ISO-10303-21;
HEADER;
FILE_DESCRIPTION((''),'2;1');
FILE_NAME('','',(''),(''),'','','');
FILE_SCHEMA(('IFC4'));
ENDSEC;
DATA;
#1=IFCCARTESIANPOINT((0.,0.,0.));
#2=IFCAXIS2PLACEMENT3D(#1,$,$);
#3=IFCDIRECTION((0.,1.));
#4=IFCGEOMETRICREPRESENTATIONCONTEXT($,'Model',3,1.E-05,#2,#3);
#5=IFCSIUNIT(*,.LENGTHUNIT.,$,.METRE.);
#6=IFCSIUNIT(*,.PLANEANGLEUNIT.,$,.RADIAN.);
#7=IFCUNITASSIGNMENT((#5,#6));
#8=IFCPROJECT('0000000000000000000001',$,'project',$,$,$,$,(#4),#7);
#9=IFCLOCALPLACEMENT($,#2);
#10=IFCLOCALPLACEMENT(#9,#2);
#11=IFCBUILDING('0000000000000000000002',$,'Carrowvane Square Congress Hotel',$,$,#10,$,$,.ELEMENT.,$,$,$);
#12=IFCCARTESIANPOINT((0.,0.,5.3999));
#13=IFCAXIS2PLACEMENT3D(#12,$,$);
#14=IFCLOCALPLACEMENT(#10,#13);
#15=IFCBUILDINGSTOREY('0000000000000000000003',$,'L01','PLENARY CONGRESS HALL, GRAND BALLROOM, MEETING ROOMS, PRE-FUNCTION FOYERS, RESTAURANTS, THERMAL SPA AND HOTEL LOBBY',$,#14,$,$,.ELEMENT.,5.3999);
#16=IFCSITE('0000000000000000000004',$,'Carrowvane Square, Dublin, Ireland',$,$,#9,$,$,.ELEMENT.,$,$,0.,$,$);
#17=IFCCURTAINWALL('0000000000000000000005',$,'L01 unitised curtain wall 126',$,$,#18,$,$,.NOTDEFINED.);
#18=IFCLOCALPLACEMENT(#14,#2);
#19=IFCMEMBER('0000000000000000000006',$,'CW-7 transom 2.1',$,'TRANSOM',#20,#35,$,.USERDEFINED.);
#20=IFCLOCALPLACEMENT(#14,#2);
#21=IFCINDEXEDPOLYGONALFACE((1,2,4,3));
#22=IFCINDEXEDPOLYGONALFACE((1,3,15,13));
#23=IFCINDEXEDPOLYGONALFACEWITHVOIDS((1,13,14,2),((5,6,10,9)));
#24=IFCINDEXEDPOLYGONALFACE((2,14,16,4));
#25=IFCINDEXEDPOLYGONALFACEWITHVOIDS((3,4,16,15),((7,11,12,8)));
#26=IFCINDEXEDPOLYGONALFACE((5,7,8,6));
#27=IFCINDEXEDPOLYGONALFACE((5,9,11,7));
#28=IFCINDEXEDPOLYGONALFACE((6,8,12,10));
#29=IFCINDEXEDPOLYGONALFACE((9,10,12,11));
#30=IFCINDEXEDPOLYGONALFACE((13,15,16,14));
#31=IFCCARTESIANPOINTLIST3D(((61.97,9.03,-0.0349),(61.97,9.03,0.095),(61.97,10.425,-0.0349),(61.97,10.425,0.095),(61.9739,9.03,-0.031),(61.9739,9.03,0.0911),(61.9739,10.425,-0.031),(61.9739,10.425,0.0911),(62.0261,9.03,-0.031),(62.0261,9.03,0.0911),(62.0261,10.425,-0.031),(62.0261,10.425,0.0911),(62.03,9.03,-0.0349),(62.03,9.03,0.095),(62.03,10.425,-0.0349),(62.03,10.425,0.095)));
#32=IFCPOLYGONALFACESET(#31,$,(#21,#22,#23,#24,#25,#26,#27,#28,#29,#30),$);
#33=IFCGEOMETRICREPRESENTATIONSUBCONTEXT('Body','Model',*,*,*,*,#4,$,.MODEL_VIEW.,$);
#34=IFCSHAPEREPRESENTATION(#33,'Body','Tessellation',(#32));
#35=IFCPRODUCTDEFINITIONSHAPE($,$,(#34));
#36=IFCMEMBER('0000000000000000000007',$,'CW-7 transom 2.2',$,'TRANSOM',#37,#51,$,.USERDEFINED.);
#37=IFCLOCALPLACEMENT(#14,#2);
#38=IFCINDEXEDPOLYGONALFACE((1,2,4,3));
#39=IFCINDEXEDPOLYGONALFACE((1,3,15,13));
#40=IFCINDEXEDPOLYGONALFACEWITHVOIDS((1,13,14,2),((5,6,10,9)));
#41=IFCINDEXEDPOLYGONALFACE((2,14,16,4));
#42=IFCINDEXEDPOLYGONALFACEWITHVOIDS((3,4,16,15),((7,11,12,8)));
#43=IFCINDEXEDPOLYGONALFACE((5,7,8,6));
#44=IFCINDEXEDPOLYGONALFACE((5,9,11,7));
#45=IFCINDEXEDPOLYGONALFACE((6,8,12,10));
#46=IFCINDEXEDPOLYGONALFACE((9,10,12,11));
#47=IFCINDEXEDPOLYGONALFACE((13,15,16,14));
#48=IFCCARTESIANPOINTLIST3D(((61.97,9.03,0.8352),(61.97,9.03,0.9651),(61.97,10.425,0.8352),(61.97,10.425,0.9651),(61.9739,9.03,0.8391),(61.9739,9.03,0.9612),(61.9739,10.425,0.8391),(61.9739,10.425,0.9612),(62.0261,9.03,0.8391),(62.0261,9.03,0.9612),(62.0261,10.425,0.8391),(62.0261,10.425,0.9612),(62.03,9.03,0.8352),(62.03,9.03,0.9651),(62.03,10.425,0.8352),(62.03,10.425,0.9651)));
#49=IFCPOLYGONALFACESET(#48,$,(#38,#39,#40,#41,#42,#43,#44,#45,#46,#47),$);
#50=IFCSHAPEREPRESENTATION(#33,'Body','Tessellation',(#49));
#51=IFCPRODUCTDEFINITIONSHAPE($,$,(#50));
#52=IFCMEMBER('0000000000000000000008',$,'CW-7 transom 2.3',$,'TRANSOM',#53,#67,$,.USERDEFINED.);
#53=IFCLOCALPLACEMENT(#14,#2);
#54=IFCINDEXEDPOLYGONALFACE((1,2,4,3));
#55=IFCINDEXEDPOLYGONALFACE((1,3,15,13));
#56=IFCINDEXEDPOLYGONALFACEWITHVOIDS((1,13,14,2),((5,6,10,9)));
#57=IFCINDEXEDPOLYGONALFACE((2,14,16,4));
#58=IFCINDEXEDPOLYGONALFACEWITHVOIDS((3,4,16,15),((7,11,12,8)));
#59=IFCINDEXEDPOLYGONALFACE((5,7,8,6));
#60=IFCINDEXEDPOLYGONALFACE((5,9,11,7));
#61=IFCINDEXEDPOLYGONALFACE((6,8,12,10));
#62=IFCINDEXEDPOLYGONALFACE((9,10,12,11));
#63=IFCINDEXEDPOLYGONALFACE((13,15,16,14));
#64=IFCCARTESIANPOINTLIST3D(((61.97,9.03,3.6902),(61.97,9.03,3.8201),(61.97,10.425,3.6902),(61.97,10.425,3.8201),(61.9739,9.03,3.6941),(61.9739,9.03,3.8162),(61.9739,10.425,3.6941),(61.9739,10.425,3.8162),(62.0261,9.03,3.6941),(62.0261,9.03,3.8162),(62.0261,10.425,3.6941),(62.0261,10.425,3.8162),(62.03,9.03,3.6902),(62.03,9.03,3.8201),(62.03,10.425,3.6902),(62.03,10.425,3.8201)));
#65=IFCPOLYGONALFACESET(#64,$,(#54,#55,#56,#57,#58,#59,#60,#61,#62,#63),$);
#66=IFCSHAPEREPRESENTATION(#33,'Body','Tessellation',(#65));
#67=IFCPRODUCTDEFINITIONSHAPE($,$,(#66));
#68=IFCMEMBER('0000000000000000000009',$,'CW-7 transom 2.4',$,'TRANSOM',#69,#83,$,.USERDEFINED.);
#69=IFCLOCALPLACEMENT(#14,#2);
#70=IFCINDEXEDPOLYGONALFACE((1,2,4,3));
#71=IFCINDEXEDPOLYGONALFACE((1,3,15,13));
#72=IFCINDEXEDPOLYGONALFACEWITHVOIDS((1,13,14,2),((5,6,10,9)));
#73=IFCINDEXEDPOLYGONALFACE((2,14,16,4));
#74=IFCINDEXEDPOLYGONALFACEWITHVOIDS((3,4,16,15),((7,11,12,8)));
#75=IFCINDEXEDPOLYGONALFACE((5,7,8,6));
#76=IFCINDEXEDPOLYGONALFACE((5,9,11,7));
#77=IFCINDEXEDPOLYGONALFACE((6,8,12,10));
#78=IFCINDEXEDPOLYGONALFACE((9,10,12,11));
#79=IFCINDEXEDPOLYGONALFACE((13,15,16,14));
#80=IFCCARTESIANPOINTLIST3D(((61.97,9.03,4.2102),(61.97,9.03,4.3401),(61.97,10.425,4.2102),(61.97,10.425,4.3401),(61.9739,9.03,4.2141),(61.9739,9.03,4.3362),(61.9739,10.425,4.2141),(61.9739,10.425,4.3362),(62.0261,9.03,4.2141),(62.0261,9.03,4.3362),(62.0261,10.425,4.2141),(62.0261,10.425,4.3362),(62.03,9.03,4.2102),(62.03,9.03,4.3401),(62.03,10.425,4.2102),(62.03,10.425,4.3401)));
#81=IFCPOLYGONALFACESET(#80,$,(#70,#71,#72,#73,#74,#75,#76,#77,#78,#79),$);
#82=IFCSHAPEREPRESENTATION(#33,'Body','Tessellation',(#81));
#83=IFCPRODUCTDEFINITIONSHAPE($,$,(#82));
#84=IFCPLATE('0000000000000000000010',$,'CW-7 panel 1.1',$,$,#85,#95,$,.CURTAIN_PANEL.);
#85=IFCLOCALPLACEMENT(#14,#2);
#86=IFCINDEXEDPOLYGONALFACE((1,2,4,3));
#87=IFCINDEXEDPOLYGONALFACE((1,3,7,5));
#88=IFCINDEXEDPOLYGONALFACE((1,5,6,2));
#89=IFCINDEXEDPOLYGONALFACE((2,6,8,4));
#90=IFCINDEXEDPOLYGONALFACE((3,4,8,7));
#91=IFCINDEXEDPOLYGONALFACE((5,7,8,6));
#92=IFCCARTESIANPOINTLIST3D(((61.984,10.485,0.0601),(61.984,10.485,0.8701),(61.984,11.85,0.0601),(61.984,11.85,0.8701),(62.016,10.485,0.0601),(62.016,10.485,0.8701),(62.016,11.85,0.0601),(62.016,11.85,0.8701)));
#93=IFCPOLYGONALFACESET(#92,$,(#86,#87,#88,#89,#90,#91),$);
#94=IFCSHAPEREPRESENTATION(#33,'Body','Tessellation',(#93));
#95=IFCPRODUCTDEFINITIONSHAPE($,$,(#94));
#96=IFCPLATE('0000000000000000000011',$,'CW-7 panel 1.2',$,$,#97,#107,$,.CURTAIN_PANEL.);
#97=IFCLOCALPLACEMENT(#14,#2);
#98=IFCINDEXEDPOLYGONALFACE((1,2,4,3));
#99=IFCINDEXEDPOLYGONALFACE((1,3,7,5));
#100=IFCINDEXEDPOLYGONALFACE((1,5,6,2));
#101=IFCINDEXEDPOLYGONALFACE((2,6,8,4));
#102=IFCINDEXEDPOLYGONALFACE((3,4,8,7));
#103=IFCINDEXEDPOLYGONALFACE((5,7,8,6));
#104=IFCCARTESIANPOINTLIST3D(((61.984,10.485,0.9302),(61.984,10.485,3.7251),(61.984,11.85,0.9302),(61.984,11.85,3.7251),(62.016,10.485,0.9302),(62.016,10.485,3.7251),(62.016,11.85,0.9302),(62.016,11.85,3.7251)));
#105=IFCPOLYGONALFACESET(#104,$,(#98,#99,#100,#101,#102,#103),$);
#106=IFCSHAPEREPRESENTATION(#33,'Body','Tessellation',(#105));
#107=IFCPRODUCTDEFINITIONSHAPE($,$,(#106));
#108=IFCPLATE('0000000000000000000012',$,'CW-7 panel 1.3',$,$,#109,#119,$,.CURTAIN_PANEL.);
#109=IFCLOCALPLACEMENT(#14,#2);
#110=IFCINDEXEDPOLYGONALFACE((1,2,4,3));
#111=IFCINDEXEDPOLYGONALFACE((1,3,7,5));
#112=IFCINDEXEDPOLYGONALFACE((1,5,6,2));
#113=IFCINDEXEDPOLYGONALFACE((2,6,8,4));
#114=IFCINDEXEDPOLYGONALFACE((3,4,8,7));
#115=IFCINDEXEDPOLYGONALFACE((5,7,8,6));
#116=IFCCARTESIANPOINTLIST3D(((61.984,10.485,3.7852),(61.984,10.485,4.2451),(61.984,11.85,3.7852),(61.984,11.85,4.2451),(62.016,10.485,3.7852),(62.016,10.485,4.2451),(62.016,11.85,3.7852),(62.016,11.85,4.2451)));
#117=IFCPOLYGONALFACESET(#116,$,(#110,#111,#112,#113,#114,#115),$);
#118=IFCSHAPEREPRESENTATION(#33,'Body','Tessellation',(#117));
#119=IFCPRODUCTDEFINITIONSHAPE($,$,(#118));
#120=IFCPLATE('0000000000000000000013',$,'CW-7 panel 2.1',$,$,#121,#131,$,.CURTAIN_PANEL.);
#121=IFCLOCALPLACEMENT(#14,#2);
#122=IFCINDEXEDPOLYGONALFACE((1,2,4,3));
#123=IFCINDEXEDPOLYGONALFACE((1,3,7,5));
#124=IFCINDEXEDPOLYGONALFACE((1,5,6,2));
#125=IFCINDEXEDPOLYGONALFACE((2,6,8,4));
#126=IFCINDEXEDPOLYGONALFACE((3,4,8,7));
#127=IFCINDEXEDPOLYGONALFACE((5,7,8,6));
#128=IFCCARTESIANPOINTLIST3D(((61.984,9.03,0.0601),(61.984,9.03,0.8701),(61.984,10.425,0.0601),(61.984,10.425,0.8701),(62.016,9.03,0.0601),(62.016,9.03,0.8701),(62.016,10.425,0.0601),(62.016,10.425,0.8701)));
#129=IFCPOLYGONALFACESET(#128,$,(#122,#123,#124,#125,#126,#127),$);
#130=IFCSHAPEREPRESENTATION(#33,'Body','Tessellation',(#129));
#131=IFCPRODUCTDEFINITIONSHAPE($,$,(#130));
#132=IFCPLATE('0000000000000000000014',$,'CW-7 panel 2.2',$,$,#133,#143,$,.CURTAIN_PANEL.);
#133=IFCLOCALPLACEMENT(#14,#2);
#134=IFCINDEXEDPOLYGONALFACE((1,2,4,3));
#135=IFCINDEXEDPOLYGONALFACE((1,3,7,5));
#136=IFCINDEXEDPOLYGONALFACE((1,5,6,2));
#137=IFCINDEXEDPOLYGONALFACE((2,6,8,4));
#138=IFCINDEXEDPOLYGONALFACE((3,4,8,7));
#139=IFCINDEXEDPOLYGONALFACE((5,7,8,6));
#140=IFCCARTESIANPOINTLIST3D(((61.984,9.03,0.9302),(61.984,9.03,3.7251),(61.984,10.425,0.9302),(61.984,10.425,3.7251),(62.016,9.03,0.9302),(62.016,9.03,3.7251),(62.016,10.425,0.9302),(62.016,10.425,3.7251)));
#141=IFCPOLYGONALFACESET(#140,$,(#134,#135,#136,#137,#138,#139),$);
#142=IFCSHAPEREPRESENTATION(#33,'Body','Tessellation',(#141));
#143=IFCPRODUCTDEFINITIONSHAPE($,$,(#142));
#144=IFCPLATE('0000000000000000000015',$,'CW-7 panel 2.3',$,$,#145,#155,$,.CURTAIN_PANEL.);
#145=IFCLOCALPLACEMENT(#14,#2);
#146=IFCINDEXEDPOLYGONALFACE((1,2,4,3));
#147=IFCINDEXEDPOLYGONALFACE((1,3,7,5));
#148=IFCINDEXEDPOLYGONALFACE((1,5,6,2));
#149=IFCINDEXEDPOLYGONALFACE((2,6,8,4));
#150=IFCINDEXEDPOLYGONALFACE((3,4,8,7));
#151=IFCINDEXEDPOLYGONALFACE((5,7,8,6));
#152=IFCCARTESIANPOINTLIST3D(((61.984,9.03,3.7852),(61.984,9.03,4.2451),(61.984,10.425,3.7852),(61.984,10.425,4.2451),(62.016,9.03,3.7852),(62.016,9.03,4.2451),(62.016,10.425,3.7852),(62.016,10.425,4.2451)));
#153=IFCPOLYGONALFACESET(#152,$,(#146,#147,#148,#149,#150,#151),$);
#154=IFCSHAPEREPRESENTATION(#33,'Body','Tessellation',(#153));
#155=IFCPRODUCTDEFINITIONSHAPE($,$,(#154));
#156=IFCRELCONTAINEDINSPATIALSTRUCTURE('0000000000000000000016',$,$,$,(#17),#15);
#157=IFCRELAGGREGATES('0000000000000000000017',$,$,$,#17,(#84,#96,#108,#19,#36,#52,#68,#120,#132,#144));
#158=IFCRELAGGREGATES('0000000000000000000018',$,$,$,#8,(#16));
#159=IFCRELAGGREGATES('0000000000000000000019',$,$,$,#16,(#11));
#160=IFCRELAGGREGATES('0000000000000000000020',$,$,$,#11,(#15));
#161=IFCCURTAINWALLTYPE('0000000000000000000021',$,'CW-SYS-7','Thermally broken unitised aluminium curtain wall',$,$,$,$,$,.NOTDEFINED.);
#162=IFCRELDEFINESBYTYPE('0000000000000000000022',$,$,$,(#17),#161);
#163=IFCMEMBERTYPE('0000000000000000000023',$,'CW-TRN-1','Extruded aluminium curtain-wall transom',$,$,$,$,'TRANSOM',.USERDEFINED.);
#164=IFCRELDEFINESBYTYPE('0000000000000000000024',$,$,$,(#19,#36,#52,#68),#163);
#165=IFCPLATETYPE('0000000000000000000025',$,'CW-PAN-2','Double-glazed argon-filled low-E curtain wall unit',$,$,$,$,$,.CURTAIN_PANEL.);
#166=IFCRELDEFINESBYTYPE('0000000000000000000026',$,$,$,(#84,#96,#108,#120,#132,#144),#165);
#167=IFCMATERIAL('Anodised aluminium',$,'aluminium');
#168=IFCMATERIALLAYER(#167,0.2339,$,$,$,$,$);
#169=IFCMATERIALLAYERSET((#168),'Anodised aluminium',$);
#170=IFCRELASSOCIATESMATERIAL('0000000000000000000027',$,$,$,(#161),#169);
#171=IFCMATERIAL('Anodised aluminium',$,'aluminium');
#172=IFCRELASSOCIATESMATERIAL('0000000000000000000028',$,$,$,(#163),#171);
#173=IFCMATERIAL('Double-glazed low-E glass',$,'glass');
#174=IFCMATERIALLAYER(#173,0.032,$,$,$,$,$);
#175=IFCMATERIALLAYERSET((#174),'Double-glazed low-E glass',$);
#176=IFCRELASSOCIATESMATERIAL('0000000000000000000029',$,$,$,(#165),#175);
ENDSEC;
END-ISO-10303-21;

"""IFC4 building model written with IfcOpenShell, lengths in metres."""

from ifc_helpers import new_model, si_unit, direction, frame, origin, origin_2d, place, context, subcontext, project, spatial, rectangle, hollow_rectangle, extrude, material, layer, layer_set, material_profile, profile_set, type_object, element, aggregate, save


model = new_model("IFC4")

# Units and contexts
model_context = context("Model", 3, precision=1e-05, world=origin(), true_north=direction((0.0, 1.0)))
body_context = subcontext(model_context, "Body", "Model", "MODEL_VIEW")
ifc_project = project(units=[si_unit("LENGTHUNIT", "METRE"), si_unit("PLANEANGLEUNIT", "RADIAN")], contexts=[model_context])

# Site, building, storey
site_placement = place(None, origin())
site = spatial("IfcSite", under=ifc_project, at=site_placement, Name="Carrowvane Square, Dublin, Ireland", CompositionType="ELEMENT", RefElevation=0.0)
building_placement = place(site_placement, origin())
building = spatial("IfcBuilding", under=site, at=building_placement, Name="Carrowvane Square Congress Hotel", CompositionType="ELEMENT")
storey_placement = place(building_placement, frame((0.0, 0.0, 5.3999)))
storey = spatial("IfcBuildingStorey", under=building, at=storey_placement, Name="L01", Description="PLENARY CONGRESS HALL, GRAND BALLROOM, MEETING ROOMS, PRE-FUNCTION FOYERS, RESTAURANTS, THERMAL SPA AND HOTEL LOBBY", CompositionType="ELEMENT", Elevation=5.3999)

# Curtain wall, members, plates
ifc_material_1 = material(Name="Anodised aluminium", Category="aluminium")
ifc_layer_1 = layer(ifc_material_1, 0.2339)
ifc_layer_set_1 = layer_set([ifc_layer_1], Name="Anodised aluminium")
curtain_wall_type = type_object("IfcCurtainWallType", Name="CW-SYS-7", Description="Thermally broken unitised aluminium curtain wall", PredefinedType="NOTDEFINED", material=ifc_layer_set_1)
curtain_wall_placement = place(storey_placement, origin())
curtain_wall = element("IfcCurtainWall", 1, at=curtain_wall_placement, inside=storey, type_object=curtain_wall_type, Name="L01 unitised curtain wall 126", PredefinedType="NOTDEFINED")
ifc_material_2 = material(Name="Anodised aluminium", Category="aluminium")
ifc_material_profile_1 = material_profile(ifc_material_2, hollow_rectangle(XDim=0.0601, YDim=0.1299, WallThickness=0.0039, at=origin_2d()), Name="CW-TR 60x130x4")
ifc_profile_set_1 = profile_set([ifc_material_profile_1], Name="Anodised aluminium")
member_type_1 = type_object("IfcMemberType", Name="CW-TRN-1", Description="Extruded aluminium curtain-wall transom", ElementType="TRANSOM", PredefinedType="USERDEFINED", material=ifc_profile_set_1)
member_1_placement = place(storey_placement, frame((62.0, 10.425, 0.03), z_axis=(0.0, -1.0, 0.0), x_axis=(1.0, 0.0, 0.0)))
member_1 = element("IfcMember", 2, at=member_1_placement, type_object=member_type_1, Name="CW-7 transom 2.1", ObjectType="TRANSOM", PredefinedType="USERDEFINED", context=body_context, shape_type="SweptSolid", body=[
    extrude(hollow_rectangle(XDim=0.0601, YDim=0.1299, WallThickness=0.0039, at=origin_2d()), origin(), (0.0, 0.0, 1.0), 1.395),
])
member_2_placement = place(storey_placement, frame((62.0, 10.425, 0.9001), z_axis=(0.0, -1.0, 0.0), x_axis=(1.0, 0.0, 0.0)))
member_2 = element("IfcMember", 3, at=member_2_placement, type_object=member_type_1, Name="CW-7 transom 2.2", ObjectType="TRANSOM", PredefinedType="USERDEFINED", context=body_context, shape_type="SweptSolid", body=[
    extrude(hollow_rectangle(XDim=0.0601, YDim=0.1299, WallThickness=0.0039, at=origin_2d()), origin(), (0.0, 0.0, 1.0), 1.395),
])
member_3_placement = place(storey_placement, frame((62.0, 10.425, 3.7551), z_axis=(0.0, -1.0, 0.0), x_axis=(1.0, 0.0, 0.0)))
member_3 = element("IfcMember", 4, at=member_3_placement, type_object=member_type_1, Name="CW-7 transom 2.3", ObjectType="TRANSOM", PredefinedType="USERDEFINED", context=body_context, shape_type="SweptSolid", body=[
    extrude(hollow_rectangle(XDim=0.0601, YDim=0.1299, WallThickness=0.0039, at=origin_2d()), origin(), (0.0, 0.0, 1.0), 1.395),
])
member_4_placement = place(storey_placement, frame((62.0, 10.425, 4.2751), z_axis=(0.0, -1.0, 0.0), x_axis=(1.0, 0.0, 0.0)))
member_4 = element("IfcMember", 5, at=member_4_placement, type_object=member_type_1, Name="CW-7 transom 2.4", ObjectType="TRANSOM", PredefinedType="USERDEFINED", context=body_context, shape_type="SweptSolid", body=[
    extrude(hollow_rectangle(XDim=0.0601, YDim=0.1299, WallThickness=0.0039, at=origin_2d()), origin(), (0.0, 0.0, 1.0), 1.395),
])
ifc_material_3 = material(Name="Double-glazed low-E glass", Category="glass")
ifc_layer_2 = layer(ifc_material_3, 0.032)
ifc_layer_set_2 = layer_set([ifc_layer_2], Name="Double-glazed low-E glass")
plate_type = type_object("IfcPlateType", Name="CW-PAN-2", Description="Double-glazed argon-filled low-E curtain wall unit", PredefinedType="CURTAIN_PANEL", material=ifc_layer_set_2)
plate_1_placement = place(storey_placement, frame((62.0, 11.1675, 0.0601), z_axis=(0.0, 0.0, 1.0), x_axis=(0.0, -1.0, 0.0)))
plate_1 = element("IfcPlate", 6, at=plate_1_placement, type_object=plate_type, Name="CW-7 panel 1.1", PredefinedType="CURTAIN_PANEL", context=body_context, shape_type="SweptSolid", body=[
    extrude(rectangle(XDim=1.365, YDim=0.032, at=origin_2d()), origin(), (0.0, 0.0, 1.0), 0.8101),
])
plate_2_placement = place(storey_placement, frame((62.0, 11.1675, 0.9302), z_axis=(0.0, 0.0, 1.0), x_axis=(0.0, -1.0, 0.0)))
plate_2 = element("IfcPlate", 7, at=plate_2_placement, type_object=plate_type, Name="CW-7 panel 1.2", PredefinedType="CURTAIN_PANEL", context=body_context, shape_type="SweptSolid", body=[
    extrude(rectangle(XDim=1.365, YDim=0.032, at=origin_2d()), origin(), (0.0, 0.0, 1.0), 2.7949),
])
plate_3_placement = place(storey_placement, frame((62.0, 11.1675, 3.7852), z_axis=(0.0, 0.0, 1.0), x_axis=(0.0, -1.0, 0.0)))
plate_3 = element("IfcPlate", 8, at=plate_3_placement, type_object=plate_type, Name="CW-7 panel 1.3", PredefinedType="CURTAIN_PANEL", context=body_context, shape_type="SweptSolid", body=[
    extrude(rectangle(XDim=1.365, YDim=0.032, at=origin_2d()), origin(), (0.0, 0.0, 1.0), 0.46),
])
plate_4_placement = place(storey_placement, frame((62.0, 9.7275, 0.0601), z_axis=(0.0, 0.0, 1.0), x_axis=(0.0, -1.0, 0.0)))
plate_4 = element("IfcPlate", 9, at=plate_4_placement, type_object=plate_type, Name="CW-7 panel 2.1", PredefinedType="CURTAIN_PANEL", context=body_context, shape_type="SweptSolid", body=[
    extrude(rectangle(XDim=1.395, YDim=0.032, at=origin_2d()), origin(), (0.0, 0.0, 1.0), 0.8101),
])
plate_5_placement = place(storey_placement, frame((62.0, 9.7275, 0.9302), z_axis=(0.0, 0.0, 1.0), x_axis=(0.0, -1.0, 0.0)))
plate_5 = element("IfcPlate", 10, at=plate_5_placement, type_object=plate_type, Name="CW-7 panel 2.2", PredefinedType="CURTAIN_PANEL", context=body_context, shape_type="SweptSolid", body=[
    extrude(rectangle(XDim=1.395, YDim=0.032, at=origin_2d()), origin(), (0.0, 0.0, 1.0), 2.7949),
])
plate_6_placement = place(storey_placement, frame((62.0, 9.7275, 3.7852), z_axis=(0.0, 0.0, 1.0), x_axis=(0.0, -1.0, 0.0)))
plate_6 = element("IfcPlate", 11, at=plate_6_placement, type_object=plate_type, Name="CW-7 panel 2.3", PredefinedType="CURTAIN_PANEL", context=body_context, shape_type="SweptSolid", body=[
    extrude(rectangle(XDim=1.395, YDim=0.032, at=origin_2d()), origin(), (0.0, 0.0, 1.0), 0.46),
])
aggregate(curtain_wall, [plate_1, plate_2, plate_3, member_1, member_2, member_3, member_4, plate_4, plate_5, plate_6])

save(model, "model.ifc")
